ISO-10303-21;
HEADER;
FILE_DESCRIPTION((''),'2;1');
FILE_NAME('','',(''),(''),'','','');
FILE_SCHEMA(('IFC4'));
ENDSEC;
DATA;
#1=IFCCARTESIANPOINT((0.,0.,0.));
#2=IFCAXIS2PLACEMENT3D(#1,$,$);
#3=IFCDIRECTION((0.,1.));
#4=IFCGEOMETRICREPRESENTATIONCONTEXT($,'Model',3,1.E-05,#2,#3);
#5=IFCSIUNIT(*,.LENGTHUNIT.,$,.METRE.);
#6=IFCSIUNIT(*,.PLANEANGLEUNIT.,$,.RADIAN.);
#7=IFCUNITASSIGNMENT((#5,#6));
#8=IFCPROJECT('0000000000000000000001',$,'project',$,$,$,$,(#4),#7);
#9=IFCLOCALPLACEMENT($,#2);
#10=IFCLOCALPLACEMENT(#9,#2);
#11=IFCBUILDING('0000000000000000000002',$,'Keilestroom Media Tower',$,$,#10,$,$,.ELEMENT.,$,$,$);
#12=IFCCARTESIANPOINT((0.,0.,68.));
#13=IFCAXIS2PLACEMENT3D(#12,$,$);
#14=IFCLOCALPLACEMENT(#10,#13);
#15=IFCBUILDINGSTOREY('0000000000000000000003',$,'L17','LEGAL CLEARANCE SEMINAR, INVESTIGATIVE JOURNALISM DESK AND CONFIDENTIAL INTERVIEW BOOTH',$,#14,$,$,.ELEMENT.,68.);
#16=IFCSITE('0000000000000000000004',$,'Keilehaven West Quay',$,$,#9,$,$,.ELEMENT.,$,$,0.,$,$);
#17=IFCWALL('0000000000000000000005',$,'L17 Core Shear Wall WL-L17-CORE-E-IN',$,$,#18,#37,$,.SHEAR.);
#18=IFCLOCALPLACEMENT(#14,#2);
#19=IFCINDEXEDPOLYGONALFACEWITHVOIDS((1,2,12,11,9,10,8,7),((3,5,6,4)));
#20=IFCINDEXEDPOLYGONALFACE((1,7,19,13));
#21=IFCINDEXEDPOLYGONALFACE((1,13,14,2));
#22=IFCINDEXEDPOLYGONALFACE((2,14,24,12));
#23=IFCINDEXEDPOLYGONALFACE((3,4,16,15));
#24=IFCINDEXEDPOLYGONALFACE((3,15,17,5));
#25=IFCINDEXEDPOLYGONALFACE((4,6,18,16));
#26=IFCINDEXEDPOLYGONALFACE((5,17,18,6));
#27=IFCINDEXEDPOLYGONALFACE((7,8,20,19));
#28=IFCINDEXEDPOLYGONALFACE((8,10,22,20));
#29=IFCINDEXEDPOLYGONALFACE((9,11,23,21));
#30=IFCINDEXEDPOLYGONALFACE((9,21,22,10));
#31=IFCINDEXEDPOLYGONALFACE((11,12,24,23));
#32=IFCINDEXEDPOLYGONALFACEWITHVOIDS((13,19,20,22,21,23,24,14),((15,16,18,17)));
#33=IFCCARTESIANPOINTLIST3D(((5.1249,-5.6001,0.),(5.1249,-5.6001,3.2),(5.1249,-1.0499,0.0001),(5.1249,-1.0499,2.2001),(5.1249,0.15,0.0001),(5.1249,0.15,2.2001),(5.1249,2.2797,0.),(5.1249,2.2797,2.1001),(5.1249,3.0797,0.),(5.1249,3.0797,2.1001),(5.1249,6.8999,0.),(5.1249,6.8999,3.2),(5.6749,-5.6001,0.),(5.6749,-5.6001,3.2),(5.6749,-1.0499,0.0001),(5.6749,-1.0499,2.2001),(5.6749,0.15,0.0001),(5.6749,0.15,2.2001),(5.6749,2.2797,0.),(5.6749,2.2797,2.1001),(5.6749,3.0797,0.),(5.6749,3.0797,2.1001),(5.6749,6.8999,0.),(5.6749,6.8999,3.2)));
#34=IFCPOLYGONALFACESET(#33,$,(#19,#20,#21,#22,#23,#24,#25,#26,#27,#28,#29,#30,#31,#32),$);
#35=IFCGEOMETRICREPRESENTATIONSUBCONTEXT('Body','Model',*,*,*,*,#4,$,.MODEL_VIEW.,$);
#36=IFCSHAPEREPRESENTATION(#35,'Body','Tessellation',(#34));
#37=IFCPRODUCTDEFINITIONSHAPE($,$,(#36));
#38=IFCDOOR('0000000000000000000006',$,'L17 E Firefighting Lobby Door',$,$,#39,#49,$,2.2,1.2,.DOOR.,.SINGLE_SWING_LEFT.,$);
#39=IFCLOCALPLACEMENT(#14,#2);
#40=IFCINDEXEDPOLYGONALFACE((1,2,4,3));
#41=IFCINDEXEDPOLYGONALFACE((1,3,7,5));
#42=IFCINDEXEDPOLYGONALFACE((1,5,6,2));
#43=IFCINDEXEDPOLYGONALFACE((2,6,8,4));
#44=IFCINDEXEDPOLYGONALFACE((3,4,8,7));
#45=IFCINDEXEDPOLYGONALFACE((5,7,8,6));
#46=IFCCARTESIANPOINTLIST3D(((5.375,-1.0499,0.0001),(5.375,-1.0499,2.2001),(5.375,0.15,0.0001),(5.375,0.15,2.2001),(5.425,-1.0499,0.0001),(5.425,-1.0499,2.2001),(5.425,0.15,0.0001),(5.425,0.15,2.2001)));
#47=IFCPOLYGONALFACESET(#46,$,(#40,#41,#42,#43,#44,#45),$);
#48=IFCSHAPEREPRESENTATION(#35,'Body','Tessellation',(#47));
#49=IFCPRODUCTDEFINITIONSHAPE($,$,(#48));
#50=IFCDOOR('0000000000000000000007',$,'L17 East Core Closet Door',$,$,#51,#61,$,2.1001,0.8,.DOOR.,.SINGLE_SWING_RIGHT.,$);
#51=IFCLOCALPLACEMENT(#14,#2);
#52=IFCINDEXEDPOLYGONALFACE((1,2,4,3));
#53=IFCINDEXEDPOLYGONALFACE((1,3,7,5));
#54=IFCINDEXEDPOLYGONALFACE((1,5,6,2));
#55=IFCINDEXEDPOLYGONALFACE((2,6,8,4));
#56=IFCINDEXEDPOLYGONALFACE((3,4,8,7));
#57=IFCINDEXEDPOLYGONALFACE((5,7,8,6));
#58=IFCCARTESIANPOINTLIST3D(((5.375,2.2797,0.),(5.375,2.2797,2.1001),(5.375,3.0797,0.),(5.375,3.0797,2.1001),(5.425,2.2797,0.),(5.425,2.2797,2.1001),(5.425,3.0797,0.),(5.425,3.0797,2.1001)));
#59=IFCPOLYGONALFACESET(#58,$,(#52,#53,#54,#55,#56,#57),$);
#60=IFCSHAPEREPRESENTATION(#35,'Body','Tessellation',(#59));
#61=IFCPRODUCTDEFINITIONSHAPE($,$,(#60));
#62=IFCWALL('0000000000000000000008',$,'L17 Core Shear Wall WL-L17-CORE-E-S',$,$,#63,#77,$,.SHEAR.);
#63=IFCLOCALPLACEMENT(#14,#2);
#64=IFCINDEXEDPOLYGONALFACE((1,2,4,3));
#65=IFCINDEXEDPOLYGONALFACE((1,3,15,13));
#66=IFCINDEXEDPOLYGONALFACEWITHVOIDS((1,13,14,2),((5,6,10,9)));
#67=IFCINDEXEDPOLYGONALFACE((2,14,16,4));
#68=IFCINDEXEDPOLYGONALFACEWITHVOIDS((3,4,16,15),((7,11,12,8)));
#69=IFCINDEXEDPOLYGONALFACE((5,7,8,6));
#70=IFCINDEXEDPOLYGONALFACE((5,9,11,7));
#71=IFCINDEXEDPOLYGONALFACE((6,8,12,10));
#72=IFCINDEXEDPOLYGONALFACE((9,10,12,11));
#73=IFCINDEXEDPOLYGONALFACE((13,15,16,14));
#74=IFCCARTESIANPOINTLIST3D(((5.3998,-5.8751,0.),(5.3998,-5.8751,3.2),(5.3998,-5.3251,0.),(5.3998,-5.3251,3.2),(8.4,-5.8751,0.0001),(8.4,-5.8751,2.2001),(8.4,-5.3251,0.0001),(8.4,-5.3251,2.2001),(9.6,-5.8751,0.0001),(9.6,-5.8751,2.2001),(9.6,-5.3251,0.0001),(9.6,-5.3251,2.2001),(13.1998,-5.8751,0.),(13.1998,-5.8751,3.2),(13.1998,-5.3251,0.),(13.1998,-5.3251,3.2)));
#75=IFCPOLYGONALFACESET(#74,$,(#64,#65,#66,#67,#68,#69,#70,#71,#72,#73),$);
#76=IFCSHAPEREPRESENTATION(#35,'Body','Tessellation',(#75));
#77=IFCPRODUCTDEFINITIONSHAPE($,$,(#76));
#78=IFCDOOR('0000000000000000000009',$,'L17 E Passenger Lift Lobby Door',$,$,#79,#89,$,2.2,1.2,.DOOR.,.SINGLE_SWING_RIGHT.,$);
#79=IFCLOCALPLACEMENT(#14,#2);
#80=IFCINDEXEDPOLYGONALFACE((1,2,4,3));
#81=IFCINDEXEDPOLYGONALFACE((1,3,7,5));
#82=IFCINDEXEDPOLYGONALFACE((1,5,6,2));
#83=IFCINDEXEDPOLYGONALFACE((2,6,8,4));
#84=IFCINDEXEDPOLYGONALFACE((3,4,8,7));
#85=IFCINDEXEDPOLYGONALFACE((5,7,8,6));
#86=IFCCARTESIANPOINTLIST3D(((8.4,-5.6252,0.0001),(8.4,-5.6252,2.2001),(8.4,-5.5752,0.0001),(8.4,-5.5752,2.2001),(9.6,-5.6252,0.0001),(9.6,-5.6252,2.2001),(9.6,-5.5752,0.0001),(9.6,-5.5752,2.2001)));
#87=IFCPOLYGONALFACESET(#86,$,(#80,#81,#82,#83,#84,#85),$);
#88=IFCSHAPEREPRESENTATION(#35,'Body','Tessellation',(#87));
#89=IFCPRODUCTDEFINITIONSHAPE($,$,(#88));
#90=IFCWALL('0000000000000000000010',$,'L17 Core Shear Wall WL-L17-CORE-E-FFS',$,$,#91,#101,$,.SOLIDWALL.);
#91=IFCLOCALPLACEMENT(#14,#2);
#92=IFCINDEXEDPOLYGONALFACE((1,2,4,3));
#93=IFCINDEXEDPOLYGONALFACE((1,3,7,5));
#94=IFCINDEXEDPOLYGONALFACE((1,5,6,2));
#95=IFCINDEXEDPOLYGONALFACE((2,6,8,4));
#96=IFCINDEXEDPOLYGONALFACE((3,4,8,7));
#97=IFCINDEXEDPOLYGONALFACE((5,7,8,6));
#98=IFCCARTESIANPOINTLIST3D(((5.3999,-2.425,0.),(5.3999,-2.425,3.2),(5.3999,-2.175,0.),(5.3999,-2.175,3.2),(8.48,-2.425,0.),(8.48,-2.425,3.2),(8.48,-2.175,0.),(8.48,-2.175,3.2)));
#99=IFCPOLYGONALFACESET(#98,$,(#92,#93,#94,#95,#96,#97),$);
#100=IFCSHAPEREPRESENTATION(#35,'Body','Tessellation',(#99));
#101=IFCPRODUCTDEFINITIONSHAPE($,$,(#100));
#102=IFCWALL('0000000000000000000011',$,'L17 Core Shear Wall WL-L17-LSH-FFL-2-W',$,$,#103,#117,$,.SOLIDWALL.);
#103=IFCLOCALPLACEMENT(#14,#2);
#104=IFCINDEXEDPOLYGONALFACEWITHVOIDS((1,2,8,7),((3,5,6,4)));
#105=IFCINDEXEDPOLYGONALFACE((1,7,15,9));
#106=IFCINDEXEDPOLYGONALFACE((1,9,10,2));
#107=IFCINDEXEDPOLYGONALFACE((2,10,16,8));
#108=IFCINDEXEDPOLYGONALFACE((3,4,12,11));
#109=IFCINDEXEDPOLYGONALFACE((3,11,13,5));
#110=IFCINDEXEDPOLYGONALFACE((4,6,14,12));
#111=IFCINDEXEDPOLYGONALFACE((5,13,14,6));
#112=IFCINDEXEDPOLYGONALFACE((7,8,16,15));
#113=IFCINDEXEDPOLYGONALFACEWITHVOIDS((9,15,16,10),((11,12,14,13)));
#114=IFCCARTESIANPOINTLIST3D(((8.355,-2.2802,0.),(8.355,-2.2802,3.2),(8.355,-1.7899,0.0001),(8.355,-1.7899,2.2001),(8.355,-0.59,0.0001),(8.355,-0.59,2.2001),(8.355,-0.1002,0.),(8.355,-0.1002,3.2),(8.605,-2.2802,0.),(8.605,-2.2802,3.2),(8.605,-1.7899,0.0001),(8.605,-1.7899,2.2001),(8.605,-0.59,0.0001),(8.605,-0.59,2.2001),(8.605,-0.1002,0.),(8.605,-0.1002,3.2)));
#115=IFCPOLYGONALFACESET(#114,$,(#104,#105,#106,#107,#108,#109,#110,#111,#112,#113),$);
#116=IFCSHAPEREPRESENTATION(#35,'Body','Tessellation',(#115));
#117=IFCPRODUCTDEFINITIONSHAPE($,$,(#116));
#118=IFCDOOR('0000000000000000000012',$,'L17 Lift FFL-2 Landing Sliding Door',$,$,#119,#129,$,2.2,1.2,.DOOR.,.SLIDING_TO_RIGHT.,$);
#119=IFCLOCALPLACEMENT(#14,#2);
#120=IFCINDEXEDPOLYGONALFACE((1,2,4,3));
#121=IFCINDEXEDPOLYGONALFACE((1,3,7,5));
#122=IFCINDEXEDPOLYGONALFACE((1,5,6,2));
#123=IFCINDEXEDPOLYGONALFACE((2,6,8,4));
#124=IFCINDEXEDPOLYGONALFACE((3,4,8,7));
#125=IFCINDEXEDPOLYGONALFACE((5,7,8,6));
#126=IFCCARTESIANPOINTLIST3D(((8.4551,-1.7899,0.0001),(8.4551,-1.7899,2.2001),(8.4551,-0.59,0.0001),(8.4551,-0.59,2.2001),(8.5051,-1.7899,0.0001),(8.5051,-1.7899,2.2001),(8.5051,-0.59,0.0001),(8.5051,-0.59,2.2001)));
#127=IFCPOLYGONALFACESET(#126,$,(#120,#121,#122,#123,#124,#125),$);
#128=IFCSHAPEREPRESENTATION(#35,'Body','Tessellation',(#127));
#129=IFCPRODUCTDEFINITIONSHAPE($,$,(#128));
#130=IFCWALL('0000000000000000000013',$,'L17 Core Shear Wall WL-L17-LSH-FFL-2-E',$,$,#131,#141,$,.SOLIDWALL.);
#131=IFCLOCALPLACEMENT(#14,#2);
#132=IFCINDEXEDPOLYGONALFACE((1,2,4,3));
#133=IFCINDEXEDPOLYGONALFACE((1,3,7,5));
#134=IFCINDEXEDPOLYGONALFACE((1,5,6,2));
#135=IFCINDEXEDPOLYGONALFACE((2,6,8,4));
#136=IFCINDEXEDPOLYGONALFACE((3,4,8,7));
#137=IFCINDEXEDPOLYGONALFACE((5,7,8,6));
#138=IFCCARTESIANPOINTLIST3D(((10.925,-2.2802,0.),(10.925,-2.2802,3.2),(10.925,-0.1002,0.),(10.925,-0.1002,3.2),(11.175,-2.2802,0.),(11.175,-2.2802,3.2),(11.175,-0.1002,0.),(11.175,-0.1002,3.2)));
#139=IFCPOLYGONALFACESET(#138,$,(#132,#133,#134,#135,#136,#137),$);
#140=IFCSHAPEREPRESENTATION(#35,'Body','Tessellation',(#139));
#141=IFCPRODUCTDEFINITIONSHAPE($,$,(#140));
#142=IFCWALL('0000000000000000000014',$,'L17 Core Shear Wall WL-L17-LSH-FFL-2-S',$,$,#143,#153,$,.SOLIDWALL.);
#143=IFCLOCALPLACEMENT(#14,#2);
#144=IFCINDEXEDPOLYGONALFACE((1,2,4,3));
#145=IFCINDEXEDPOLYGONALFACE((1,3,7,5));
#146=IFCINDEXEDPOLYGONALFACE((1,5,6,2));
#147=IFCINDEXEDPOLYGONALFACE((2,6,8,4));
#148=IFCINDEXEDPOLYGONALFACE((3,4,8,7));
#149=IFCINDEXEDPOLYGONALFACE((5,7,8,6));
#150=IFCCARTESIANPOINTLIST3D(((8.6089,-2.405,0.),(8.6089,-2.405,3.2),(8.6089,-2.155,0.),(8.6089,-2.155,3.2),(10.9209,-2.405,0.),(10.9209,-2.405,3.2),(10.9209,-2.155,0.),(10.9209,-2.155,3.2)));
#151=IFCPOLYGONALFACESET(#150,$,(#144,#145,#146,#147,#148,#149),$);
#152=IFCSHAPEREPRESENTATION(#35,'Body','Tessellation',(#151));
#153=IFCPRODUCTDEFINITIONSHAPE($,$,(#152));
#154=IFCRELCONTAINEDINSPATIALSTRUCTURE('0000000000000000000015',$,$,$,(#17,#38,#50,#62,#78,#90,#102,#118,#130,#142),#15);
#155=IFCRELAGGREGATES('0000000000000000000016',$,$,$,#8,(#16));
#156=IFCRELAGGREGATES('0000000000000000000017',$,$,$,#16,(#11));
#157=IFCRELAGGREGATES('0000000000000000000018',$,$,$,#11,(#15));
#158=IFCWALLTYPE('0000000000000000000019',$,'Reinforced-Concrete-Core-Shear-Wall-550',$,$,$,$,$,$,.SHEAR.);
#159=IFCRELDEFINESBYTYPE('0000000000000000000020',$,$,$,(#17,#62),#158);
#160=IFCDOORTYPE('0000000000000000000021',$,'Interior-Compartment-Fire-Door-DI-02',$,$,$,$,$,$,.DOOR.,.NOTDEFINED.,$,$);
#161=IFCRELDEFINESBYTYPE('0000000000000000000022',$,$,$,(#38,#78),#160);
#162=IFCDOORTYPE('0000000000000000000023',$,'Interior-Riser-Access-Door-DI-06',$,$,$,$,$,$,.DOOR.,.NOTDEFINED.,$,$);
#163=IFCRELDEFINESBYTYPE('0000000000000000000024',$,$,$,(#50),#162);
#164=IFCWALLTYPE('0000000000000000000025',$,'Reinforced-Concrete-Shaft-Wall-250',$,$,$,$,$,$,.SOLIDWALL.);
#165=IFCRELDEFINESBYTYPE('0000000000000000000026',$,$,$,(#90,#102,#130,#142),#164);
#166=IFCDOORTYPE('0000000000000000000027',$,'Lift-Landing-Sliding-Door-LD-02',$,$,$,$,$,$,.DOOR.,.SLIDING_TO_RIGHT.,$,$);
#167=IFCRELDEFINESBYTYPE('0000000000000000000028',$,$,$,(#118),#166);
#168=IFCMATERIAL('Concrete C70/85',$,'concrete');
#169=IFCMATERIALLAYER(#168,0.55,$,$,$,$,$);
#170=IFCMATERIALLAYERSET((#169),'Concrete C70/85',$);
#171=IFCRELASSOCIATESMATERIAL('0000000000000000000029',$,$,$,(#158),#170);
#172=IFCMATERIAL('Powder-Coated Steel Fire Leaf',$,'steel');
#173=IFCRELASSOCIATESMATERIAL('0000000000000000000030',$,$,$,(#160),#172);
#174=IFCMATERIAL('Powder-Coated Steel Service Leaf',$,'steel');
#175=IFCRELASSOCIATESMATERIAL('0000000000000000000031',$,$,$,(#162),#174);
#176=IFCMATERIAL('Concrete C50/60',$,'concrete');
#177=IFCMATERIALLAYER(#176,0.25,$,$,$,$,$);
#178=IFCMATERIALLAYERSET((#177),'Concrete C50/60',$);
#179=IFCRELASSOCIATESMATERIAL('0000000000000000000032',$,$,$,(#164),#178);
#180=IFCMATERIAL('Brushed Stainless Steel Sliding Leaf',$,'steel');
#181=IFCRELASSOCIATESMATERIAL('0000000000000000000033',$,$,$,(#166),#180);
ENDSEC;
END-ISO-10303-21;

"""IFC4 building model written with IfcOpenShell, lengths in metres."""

from ifc_helpers import new_model, si_unit, direction, frame, frame_2d, origin, place, context, subcontext, project, spatial, rectangle, extrude, source, transform, mapped, material, layer, layer_set, type_object, element, fill, save


model = new_model("IFC4")

# Units and contexts
model_context = context("Model", 3, precision=1e-05, world=origin(), true_north=direction((0.0, 1.0)))
body_context = subcontext(model_context, "Body", "Model", "MODEL_VIEW")
ifc_project = project(units=[si_unit("LENGTHUNIT", "METRE"), si_unit("PLANEANGLEUNIT", "RADIAN")], contexts=[model_context])

# Site, building, storey
site_placement = place(None, origin())
site = spatial("IfcSite", under=ifc_project, at=site_placement, Name="Keilehaven West Quay", CompositionType="ELEMENT", RefElevation=0.0)
building_placement = place(site_placement, origin())
building = spatial("IfcBuilding", under=site, at=building_placement, Name="Keilestroom Media Tower", CompositionType="ELEMENT")
storey_placement = place(building_placement, frame((0.0, 0.0, 68.0)))
storey = spatial("IfcBuildingStorey", under=building, at=storey_placement, Name="L17", Description="LEGAL CLEARANCE SEMINAR, INVESTIGATIVE JOURNALISM DESK AND CONFIDENTIAL INTERVIEW BOOTH", CompositionType="ELEMENT", Elevation=68.0)

# Shared definitions
ifc_material_1 = material(Name="Concrete C70/85", Category="concrete")

# Wall, openings, doors
ifc_layer_1 = layer(ifc_material_1, 0.55)
ifc_layer_set_1 = layer_set([ifc_layer_1], Name="Concrete C70/85")
wall_type_1 = type_object("IfcWallType", Name="Reinforced-Concrete-Core-Shear-Wall-550", PredefinedType="SHEAR", material=ifc_layer_set_1)
wall_1_placement = place(storey_placement, frame((5.3999, -5.6001, 0.0), z_axis=(0.0, 0.0, 1.0), x_axis=(0.0, 1.0, 0.0)))
wall_1 = element("IfcWall", 1, at=wall_1_placement, inside=storey, type_object=wall_type_1, Name="L17 Core Shear Wall WL-L17-CORE-E-IN", PredefinedType="SHEAR", context=body_context, shape_type="SweptSolid", body=[
    extrude(rectangle(XDim=12.5, YDim=0.55, at=frame_2d((6.25, 0.0))), origin(), (0.0, 0.0, 1.0), 3.2),
])
opening_1_placement = place(wall_1_placement, frame((4.55, 0.0, 0.0)))
opening_1 = element("IfcOpeningElement", 2, at=opening_1_placement, cuts=wall_1, PredefinedType="OPENING", context=body_context, shape_type="SweptSolid", body=[
    extrude(rectangle(XDim=1.2, YDim=2.2, at=frame_2d((0.6001, 1.1001))), frame((0.0, 0.2852, 0.0), z_axis=(0.0, -1.0, 0.0), x_axis=(1.0, 0.0, 0.0)), (0.0, 0.0, 1.0), 0.5701),
])
opening_2_placement = place(wall_1_placement, frame((7.8799, 0.0, 0.0)))
opening_2 = element("IfcOpeningElement", 3, at=opening_2_placement, cuts=wall_1, PredefinedType="OPENING", context=body_context, shape_type="SweptSolid", body=[
    extrude(rectangle(XDim=0.8, YDim=2.1001, at=frame_2d((0.3999, 1.05))), frame((0.0, 0.2852, 0.0), z_axis=(0.0, -1.0, 0.0), x_axis=(1.0, 0.0, 0.0)), (0.0, 0.0, 1.0), 0.5701),
])
ifc_material_2 = material(Name="Powder-Coated Steel Fire Leaf", Category="steel")
door_type_1 = type_object("IfcDoorType", Name="Interior-Compartment-Fire-Door-DI-02", OperationType="NOTDEFINED", PredefinedType="DOOR", material=ifc_material_2)
shared_shape_1 = source(origin(), body_context, "Body", "SweptSolid", [
    extrude(rectangle(XDim=1.2, YDim=2.2, at=frame_2d((0.6001, 1.1001))), frame((0.0, 0.0249, 0.0), z_axis=(0.0, -1.0, 0.0), x_axis=(1.0, 0.0, 0.0)), (0.0, 0.0, 1.0), 0.05),
])
door_1_placement = place(opening_1_placement, origin())
door_1 = element("IfcDoor", 4, at=door_1_placement, inside=storey, type_object=door_type_1, Name="L17 E Firefighting Lobby Door", OperationType="SINGLE_SWING_LEFT", OverallHeight=2.2, OverallWidth=1.2, PredefinedType="DOOR", context=body_context, shape_type="MappedRepresentation", body=[
    mapped(shared_shape_1, transform((0.0, 0.0, 0.0), x_axis=(1.0, 0.0, 0.0), y_axis=(0.0, 1.0, 0.0), z_axis=(0.0, 0.0, 1.0), scale=1.0)),
])
fill(opening_1, door_1)
ifc_material_3 = material(Name="Powder-Coated Steel Service Leaf", Category="steel")
door_type_2 = type_object("IfcDoorType", Name="Interior-Riser-Access-Door-DI-06", OperationType="NOTDEFINED", PredefinedType="DOOR", material=ifc_material_3)
shared_shape_2 = source(origin(), body_context, "Body", "SweptSolid", [
    extrude(rectangle(XDim=0.8, YDim=2.1001, at=frame_2d((0.3999, 1.05))), frame((0.0, 0.0249, 0.0), z_axis=(0.0, -1.0, 0.0), x_axis=(1.0, 0.0, 0.0)), (0.0, 0.0, 1.0), 0.05),
])
door_2_placement = place(opening_2_placement, origin())
door_2 = element("IfcDoor", 5, at=door_2_placement, inside=storey, type_object=door_type_2, Name="L17 East Core Closet Door", OperationType="SINGLE_SWING_RIGHT", OverallHeight=2.1001, OverallWidth=0.8, PredefinedType="DOOR", context=body_context, shape_type="MappedRepresentation", body=[
    mapped(shared_shape_2, transform((0.0, 0.0, 0.0), x_axis=(1.0, 0.0, 0.0), y_axis=(0.0, 1.0, 0.0), z_axis=(0.0, 0.0, 1.0), scale=1.0)),
])
fill(opening_2, door_2)

# Wall, opening, door
wall_2_placement = place(storey_placement, frame((5.3999, -5.6001, 0.0), z_axis=(0.0, 0.0, 1.0), x_axis=(1.0, 0.0, 0.0)))
wall_2 = element("IfcWall", 6, at=wall_2_placement, inside=storey, type_object=wall_type_1, Name="L17 Core Shear Wall WL-L17-CORE-E-S", PredefinedType="SHEAR", context=body_context, shape_type="SweptSolid", body=[
    extrude(rectangle(XDim=7.8, YDim=0.55, at=frame_2d((3.8999, 0.0))), origin(), (0.0, 0.0, 1.0), 3.2),
])
opening_3_placement = place(wall_2_placement, frame((3.0, 0.0, 0.0)))
opening_3 = element("IfcOpeningElement", 7, at=opening_3_placement, cuts=wall_2, PredefinedType="OPENING", context=body_context, shape_type="SweptSolid", body=[
    extrude(rectangle(XDim=1.2, YDim=2.2, at=frame_2d((0.6001, 1.1001))), frame((0.0, 0.2852, 0.0), z_axis=(0.0, -1.0, 0.0), x_axis=(1.0, 0.0, 0.0)), (0.0, 0.0, 1.0), 0.5701),
])
door_3_placement = place(opening_3_placement, origin())
door_3 = element("IfcDoor", 8, at=door_3_placement, inside=storey, type_object=door_type_1, Name="L17 E Passenger Lift Lobby Door", OperationType="SINGLE_SWING_RIGHT", OverallHeight=2.2, OverallWidth=1.2, PredefinedType="DOOR", context=body_context, shape_type="MappedRepresentation", body=[
    mapped(shared_shape_1, transform((0.0, 0.0, 0.0), x_axis=(1.0, 0.0, 0.0), y_axis=(0.0, 1.0, 0.0), z_axis=(0.0, 0.0, 1.0), scale=1.0)),
])
fill(opening_3, door_3)

# Wall
ifc_material_4 = material(Name="Concrete C50/60", Category="concrete")
ifc_layer_2 = layer(ifc_material_4, 0.25)
ifc_layer_set_2 = layer_set([ifc_layer_2], Name="Concrete C50/60")
wall_type_2 = type_object("IfcWallType", Name="Reinforced-Concrete-Shaft-Wall-250", PredefinedType="SOLIDWALL", material=ifc_layer_set_2)
wall_3_placement = place(storey_placement, frame((5.3999, -2.3, 0.0), z_axis=(0.0, 0.0, 1.0), x_axis=(1.0, 0.0, 0.0)))
element("IfcWall", 9, at=wall_3_placement, inside=storey, type_object=wall_type_2, Name="L17 Core Shear Wall WL-L17-CORE-E-FFS", PredefinedType="SOLIDWALL", context=body_context, shape_type="SweptSolid", body=[
    extrude(rectangle(XDim=3.0801, YDim=0.25, at=frame_2d((1.54, 0.0))), origin(), (0.0, 0.0, 1.0), 3.2),
])

# Wall, opening, door
wall_4_placement = place(storey_placement, frame((8.48, -2.28, 0.0), z_axis=(0.0, 0.0, 1.0), x_axis=(0.0, 1.0, 0.0)))
wall_4 = element("IfcWall", 10, at=wall_4_placement, inside=storey, type_object=wall_type_2, Name="L17 Core Shear Wall WL-L17-LSH-FFL-2-W", PredefinedType="SOLIDWALL", context=body_context, shape_type="SweptSolid", body=[
    extrude(rectangle(XDim=2.1799, YDim=0.25, at=frame_2d((1.0898, 0.0))), origin(), (0.0, 0.0, 1.0), 3.2),
])
opening_4_placement = place(wall_4_placement, frame((0.49, 0.0, 0.0)))
opening_4 = element("IfcOpeningElement", 11, at=opening_4_placement, cuts=wall_4, PredefinedType="OPENING", context=body_context, shape_type="SweptSolid", body=[
    extrude(rectangle(XDim=1.2, YDim=2.2, at=frame_2d((0.6001, 1.1001))), frame((0.0, 0.135, 0.0), z_axis=(0.0, -1.0, 0.0), x_axis=(1.0, 0.0, 0.0)), (0.0, 0.0, 1.0), 0.27),
])
ifc_material_5 = material(Name="Brushed Stainless Steel Sliding Leaf", Category="steel")
door_type_3 = type_object("IfcDoorType", Name="Lift-Landing-Sliding-Door-LD-02", OperationType="SLIDING_TO_RIGHT", PredefinedType="DOOR", material=ifc_material_5)
door_4_placement = place(opening_4_placement, origin())
door_4 = element("IfcDoor", 12, at=door_4_placement, inside=storey, type_object=door_type_3, Name="L17 Lift FFL-2 Landing Sliding Door", OperationType="SLIDING_TO_RIGHT", OverallHeight=2.2, OverallWidth=1.2, PredefinedType="DOOR", context=body_context, shape_type="MappedRepresentation", body=[
    mapped(shared_shape_1, transform((0.0, 0.0, 0.0), x_axis=(1.0, 0.0, 0.0), y_axis=(0.0, 1.0, 0.0), z_axis=(0.0, 0.0, 1.0), scale=1.0)),
])
fill(opening_4, door_4)

# Walls
wall_5_placement = place(storey_placement, frame((11.05, -2.28, 0.0), z_axis=(0.0, 0.0, 1.0), x_axis=(0.0, 1.0, 0.0)))
element("IfcWall", 13, at=wall_5_placement, inside=storey, type_object=wall_type_2, Name="L17 Core Shear Wall WL-L17-LSH-FFL-2-E", PredefinedType="SOLIDWALL", context=body_context, shape_type="SweptSolid", body=[
    extrude(rectangle(XDim=2.1799, YDim=0.25, at=frame_2d((1.0898, 0.0))), origin(), (0.0, 0.0, 1.0), 3.2),
])
wall_6_placement = place(storey_placement, frame((8.6089, -2.28, 0.0), z_axis=(0.0, 0.0, 1.0), x_axis=(1.0, 0.0, 0.0)))
element("IfcWall", 14, at=wall_6_placement, inside=storey, type_object=wall_type_2, Name="L17 Core Shear Wall WL-L17-LSH-FFL-2-S", PredefinedType="SOLIDWALL", context=body_context, shape_type="SweptSolid", body=[
    extrude(rectangle(XDim=2.312, YDim=0.25, at=frame_2d((1.156, 0.0))), origin(), (0.0, 0.0, 1.0), 3.2),
])

save(model, "model.ifc")
